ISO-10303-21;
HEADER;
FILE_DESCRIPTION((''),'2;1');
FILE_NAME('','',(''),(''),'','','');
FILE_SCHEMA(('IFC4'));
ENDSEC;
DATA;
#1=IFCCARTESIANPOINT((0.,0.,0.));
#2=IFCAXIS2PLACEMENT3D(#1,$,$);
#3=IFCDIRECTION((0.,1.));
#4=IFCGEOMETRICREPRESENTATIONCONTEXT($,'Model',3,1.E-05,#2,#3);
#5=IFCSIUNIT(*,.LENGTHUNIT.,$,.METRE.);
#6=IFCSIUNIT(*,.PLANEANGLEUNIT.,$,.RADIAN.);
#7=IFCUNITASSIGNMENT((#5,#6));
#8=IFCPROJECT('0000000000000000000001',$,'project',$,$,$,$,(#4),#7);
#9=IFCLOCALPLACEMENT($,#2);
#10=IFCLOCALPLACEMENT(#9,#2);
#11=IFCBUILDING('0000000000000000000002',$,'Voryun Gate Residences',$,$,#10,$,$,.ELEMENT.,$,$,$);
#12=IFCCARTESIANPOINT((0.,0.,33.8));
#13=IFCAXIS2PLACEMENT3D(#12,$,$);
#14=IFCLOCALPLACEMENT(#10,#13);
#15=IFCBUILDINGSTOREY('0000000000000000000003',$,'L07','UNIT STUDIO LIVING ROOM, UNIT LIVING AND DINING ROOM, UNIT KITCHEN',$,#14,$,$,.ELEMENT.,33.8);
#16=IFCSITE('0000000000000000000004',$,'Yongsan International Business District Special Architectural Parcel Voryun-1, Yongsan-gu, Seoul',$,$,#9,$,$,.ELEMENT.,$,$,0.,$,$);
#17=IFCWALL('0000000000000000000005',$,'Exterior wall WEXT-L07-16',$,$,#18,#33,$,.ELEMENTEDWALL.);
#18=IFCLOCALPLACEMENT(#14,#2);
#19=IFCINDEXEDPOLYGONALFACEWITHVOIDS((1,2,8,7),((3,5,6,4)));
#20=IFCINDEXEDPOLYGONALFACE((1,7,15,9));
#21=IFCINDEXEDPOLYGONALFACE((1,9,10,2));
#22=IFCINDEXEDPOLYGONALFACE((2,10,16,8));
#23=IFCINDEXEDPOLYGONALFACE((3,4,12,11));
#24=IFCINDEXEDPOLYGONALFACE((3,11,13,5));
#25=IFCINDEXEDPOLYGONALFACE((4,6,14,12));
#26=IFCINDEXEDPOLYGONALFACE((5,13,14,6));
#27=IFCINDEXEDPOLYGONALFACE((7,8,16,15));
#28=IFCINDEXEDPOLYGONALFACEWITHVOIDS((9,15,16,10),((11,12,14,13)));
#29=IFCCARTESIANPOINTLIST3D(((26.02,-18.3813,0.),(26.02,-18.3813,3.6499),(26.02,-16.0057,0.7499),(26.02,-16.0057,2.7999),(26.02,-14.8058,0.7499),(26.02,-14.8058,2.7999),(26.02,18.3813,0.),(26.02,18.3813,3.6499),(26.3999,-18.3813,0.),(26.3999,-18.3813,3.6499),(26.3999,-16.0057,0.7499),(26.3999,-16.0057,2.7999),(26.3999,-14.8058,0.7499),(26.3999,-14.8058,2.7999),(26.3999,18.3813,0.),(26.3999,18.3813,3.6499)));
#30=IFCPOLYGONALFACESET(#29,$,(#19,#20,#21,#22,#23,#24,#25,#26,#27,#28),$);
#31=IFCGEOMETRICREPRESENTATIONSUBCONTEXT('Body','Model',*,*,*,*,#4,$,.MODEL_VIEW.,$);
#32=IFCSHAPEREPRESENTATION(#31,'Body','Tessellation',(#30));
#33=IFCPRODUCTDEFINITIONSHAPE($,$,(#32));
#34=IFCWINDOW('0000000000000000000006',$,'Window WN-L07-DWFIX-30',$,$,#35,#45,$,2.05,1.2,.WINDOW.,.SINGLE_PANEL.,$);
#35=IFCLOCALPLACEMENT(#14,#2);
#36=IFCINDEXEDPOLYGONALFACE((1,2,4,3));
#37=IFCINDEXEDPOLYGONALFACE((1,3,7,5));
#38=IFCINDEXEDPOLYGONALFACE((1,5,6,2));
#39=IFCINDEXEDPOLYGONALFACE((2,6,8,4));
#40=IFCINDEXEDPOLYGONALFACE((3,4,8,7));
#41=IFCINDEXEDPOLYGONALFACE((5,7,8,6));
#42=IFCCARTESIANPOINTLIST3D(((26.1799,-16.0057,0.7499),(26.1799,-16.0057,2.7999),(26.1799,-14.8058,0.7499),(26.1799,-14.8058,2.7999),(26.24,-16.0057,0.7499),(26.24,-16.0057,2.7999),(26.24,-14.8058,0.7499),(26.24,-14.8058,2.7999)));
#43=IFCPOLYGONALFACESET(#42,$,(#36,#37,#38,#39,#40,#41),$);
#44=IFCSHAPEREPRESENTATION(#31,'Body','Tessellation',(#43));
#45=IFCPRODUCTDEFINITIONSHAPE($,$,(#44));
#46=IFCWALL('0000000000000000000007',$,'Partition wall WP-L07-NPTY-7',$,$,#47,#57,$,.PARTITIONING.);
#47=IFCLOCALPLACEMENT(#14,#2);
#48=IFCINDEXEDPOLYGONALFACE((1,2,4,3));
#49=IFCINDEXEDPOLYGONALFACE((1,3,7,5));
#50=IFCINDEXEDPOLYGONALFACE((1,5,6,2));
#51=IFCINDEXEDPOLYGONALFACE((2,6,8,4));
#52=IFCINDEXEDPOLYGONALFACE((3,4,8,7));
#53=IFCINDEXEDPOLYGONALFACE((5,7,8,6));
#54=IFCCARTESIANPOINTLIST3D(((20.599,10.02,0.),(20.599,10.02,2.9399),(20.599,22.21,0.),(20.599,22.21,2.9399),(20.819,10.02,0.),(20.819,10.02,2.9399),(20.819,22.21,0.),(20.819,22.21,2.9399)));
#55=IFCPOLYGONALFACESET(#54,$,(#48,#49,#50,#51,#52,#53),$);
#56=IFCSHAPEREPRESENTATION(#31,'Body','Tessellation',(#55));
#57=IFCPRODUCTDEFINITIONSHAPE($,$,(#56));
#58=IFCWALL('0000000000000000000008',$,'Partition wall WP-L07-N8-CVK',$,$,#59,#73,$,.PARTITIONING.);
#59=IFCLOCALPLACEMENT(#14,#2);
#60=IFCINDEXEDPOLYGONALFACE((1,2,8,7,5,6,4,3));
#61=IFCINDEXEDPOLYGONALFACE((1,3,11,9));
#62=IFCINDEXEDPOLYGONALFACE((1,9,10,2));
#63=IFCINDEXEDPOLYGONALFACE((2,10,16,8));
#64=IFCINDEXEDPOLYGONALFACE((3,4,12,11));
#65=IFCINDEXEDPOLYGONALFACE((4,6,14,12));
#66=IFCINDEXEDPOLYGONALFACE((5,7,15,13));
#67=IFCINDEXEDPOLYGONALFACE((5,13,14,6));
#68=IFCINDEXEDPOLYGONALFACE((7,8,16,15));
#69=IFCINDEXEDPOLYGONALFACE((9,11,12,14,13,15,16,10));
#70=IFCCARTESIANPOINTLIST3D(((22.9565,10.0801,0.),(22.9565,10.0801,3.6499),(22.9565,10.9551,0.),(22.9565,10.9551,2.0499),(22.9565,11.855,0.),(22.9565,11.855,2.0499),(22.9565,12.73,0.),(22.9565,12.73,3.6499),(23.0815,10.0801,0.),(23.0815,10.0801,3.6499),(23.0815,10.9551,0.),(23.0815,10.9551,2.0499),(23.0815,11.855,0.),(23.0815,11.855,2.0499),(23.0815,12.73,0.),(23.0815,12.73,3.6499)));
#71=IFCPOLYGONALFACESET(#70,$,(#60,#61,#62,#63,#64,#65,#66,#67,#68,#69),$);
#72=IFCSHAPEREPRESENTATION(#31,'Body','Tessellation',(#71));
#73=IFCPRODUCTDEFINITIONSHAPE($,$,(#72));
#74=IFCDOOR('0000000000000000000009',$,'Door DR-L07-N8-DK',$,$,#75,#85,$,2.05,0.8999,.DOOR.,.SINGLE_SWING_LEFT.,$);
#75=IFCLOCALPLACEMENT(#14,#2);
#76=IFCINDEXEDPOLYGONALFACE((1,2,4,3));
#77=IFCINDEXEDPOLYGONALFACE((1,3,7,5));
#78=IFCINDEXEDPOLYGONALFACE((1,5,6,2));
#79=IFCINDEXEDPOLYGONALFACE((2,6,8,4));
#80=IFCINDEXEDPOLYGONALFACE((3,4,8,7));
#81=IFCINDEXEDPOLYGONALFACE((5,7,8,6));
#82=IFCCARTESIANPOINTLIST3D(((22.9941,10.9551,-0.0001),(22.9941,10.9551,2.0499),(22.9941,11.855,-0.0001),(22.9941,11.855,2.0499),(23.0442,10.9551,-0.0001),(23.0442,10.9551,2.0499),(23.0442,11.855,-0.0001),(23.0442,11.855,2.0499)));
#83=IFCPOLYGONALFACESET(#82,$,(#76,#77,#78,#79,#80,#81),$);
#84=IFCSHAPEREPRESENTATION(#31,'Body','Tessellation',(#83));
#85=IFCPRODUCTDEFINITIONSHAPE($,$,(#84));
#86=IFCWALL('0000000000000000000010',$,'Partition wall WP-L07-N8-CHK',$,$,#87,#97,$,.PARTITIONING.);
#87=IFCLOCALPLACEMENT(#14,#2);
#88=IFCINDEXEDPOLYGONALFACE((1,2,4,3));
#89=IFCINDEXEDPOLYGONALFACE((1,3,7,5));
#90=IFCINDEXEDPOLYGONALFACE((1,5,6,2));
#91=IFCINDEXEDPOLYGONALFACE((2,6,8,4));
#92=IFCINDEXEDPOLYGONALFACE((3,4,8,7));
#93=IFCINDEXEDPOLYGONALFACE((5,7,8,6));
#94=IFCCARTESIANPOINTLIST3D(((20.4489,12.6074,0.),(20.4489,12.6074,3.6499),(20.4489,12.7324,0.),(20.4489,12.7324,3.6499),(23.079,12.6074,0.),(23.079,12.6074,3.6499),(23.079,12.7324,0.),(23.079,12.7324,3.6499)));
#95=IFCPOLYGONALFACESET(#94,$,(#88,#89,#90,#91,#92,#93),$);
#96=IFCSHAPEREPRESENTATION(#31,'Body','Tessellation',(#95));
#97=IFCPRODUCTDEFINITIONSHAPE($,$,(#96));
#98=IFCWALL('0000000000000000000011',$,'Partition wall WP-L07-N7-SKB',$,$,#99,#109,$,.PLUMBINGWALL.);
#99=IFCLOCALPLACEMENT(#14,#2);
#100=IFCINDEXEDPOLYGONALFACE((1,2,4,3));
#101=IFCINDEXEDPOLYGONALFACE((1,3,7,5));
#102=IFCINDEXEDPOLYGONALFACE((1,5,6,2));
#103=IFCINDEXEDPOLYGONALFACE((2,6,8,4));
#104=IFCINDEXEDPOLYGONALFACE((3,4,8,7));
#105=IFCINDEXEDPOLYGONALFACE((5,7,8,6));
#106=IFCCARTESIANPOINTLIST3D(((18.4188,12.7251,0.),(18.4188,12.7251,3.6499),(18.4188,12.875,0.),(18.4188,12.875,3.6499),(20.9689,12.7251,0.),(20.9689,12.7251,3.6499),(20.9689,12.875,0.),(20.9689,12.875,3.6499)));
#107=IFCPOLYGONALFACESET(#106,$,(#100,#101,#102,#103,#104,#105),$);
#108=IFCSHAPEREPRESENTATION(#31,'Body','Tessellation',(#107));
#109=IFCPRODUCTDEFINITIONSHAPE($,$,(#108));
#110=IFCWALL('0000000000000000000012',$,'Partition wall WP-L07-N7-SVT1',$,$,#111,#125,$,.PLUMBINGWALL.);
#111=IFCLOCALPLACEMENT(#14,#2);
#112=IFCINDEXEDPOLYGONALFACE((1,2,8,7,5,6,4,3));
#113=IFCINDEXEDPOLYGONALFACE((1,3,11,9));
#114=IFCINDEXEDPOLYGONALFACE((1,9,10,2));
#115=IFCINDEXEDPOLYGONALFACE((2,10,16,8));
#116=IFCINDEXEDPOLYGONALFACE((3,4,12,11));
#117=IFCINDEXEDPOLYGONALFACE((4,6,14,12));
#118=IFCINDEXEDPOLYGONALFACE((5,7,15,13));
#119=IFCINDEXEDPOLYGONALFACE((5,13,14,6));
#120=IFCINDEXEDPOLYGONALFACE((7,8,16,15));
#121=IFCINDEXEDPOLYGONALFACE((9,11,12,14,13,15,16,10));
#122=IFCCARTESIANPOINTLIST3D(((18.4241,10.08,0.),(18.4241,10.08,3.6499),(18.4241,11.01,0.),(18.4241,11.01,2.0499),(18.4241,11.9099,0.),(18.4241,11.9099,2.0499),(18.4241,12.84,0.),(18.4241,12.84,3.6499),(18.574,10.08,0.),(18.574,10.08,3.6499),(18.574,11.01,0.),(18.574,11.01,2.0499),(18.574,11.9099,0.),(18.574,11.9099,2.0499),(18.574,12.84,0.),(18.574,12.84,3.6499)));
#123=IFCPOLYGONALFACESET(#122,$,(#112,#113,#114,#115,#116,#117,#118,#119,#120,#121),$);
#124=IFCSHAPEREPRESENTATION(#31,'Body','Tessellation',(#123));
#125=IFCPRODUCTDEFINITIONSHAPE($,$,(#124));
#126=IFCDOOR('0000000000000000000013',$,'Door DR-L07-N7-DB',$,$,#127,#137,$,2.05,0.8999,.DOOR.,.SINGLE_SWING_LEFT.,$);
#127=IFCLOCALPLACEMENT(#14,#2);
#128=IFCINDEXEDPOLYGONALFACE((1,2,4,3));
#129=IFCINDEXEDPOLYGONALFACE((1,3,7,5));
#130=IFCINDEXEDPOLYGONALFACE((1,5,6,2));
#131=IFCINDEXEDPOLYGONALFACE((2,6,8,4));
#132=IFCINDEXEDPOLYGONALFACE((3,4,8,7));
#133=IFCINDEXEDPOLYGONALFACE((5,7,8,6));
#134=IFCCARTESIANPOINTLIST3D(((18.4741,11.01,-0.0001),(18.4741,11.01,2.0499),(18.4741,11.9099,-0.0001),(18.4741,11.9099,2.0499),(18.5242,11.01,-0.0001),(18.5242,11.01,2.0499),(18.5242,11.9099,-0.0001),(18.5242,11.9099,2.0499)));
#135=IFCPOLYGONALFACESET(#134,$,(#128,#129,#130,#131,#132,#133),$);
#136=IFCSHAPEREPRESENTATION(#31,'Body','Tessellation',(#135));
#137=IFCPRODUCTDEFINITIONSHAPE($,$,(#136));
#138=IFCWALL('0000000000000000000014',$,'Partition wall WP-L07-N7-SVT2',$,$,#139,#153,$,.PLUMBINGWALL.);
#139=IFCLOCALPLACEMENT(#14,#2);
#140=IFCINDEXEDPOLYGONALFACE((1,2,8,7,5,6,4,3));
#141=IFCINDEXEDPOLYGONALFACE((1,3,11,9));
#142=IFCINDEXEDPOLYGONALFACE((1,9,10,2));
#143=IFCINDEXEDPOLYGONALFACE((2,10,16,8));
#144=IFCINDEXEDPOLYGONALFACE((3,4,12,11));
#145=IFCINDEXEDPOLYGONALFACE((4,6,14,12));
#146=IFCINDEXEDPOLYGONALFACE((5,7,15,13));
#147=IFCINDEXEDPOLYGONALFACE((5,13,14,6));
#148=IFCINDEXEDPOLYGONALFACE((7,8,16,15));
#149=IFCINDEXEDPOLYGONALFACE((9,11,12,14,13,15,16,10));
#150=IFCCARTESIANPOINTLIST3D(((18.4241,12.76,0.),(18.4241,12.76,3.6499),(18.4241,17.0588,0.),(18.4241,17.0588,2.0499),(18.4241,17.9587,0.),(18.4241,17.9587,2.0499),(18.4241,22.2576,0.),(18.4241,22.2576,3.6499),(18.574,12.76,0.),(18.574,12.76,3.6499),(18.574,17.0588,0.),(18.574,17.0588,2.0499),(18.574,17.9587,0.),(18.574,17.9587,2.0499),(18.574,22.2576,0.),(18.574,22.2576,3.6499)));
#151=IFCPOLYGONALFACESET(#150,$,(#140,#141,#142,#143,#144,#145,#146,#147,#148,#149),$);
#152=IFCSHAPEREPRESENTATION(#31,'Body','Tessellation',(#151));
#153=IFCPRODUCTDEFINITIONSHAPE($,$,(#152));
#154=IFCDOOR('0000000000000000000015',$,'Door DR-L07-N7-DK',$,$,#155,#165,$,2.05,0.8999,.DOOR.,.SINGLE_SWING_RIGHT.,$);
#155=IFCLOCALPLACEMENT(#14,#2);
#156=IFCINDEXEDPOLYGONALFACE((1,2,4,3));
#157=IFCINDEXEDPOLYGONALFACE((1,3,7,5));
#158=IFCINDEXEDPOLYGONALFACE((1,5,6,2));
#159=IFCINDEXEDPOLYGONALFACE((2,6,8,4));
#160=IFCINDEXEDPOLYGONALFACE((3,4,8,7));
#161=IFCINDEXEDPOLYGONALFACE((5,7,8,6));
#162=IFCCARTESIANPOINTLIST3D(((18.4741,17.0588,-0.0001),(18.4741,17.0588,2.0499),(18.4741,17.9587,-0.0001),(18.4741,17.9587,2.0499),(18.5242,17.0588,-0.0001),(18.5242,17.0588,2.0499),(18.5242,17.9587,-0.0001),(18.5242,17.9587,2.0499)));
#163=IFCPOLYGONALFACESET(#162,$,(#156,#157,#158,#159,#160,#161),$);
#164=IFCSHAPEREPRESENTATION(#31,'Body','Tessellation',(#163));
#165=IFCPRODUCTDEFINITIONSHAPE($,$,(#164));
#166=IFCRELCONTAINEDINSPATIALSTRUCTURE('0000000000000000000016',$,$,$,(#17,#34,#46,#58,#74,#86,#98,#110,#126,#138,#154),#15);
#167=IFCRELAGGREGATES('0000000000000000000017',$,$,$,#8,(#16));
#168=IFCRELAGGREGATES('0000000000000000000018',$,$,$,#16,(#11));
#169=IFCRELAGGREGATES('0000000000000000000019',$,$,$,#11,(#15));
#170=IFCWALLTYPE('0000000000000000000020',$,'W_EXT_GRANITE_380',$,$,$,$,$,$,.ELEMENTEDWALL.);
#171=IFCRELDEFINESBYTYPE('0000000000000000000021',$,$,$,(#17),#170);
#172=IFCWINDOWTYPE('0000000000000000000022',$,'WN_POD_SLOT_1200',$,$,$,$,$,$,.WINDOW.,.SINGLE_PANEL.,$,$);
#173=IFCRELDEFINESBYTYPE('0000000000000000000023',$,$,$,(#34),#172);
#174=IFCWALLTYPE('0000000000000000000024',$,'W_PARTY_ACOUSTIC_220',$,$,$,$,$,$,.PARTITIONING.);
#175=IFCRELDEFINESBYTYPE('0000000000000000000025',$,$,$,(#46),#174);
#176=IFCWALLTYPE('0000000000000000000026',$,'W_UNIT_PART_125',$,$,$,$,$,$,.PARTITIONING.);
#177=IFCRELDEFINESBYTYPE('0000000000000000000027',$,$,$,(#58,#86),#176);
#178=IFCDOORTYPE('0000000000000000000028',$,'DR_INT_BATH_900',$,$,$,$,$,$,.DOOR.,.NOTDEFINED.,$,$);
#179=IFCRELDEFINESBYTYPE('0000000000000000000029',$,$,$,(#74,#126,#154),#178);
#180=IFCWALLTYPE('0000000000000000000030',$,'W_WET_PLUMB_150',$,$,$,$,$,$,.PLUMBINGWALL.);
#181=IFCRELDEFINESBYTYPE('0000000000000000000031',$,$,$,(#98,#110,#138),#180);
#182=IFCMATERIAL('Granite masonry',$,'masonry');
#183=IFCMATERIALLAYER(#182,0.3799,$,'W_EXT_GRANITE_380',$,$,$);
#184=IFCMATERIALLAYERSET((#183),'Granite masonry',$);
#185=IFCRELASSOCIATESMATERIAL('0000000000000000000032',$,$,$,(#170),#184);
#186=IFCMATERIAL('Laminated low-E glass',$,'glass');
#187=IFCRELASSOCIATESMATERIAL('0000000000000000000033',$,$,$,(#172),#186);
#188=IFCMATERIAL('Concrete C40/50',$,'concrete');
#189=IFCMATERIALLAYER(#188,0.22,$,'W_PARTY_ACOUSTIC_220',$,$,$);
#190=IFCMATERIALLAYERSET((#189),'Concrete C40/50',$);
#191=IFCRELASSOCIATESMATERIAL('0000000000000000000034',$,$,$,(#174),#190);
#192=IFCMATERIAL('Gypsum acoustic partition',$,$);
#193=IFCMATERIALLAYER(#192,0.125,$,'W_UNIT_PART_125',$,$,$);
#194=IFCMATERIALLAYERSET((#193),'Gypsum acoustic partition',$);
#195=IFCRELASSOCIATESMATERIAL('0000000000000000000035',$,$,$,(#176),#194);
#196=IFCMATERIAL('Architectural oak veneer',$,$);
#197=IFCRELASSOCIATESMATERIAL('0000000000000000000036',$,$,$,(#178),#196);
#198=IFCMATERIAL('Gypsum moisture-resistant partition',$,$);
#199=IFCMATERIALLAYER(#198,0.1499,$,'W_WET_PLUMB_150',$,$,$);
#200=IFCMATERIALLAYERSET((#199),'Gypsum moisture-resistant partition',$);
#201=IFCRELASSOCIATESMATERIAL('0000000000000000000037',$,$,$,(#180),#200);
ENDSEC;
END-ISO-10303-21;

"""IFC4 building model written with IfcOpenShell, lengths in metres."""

from ifc_helpers import new_model, si_unit, direction, frame, frame_2d, origin, place, context, subcontext, project, spatial, rectangle, extrude, material, layer, layer_set, type_object, element, fill, save


model = new_model("IFC4")

# Units and contexts
model_context = context("Model", 3, precision=1e-05, world=origin(), true_north=direction((0.0, 1.0)))
body_context = subcontext(model_context, "Body", "Model", "MODEL_VIEW")
ifc_project = project(units=[si_unit("LENGTHUNIT", "METRE"), si_unit("PLANEANGLEUNIT", "RADIAN")], contexts=[model_context])

# Site, building, storey
site_placement = place(None, origin())
site = spatial("IfcSite", under=ifc_project, at=site_placement, Name="Yongsan International Business District Special Architectural Parcel Voryun-1, Yongsan-gu, Seoul", CompositionType="ELEMENT", RefElevation=0.0)
building_placement = place(site_placement, origin())
building = spatial("IfcBuilding", under=site, at=building_placement, Name="Voryun Gate Residences", CompositionType="ELEMENT")
storey_placement = place(building_placement, frame((0.0, 0.0, 33.8)))
storey = spatial("IfcBuildingStorey", under=building, at=storey_placement, Name="L07", Description="UNIT STUDIO LIVING ROOM, UNIT LIVING AND DINING ROOM, UNIT KITCHEN", CompositionType="ELEMENT", Elevation=33.8)

# Shared definitions
ifc_material_1 = material(Name="Granite masonry", Category="masonry")
ifc_layer_1 = layer(ifc_material_1, 0.3799, Name="W_EXT_GRANITE_380")
ifc_layer_set_1 = layer_set([ifc_layer_1], Name="Granite masonry")
wall_type_1 = type_object("IfcWallType", Name="W_EXT_GRANITE_380", PredefinedType="ELEMENTEDWALL", material=ifc_layer_set_1)

# Wall, opening, window
wall_1_placement = place(storey_placement, frame((26.21, 18.3813, 0.0), z_axis=(0.0, 0.0, 1.0), x_axis=(0.0, -1.0, 0.0)))
wall_1 = element("IfcWall", 1, at=wall_1_placement, inside=storey, type_object=wall_type_1, Name="Exterior wall WEXT-L07-16", PredefinedType="ELEMENTEDWALL", context=body_context, shape_type="SweptSolid", body=[
    extrude(rectangle(XDim=36.7627, YDim=0.3799, at=frame_2d((18.3813, 0.0))), origin(), (0.0, 0.0, 1.0), 3.6499),
])
opening_1_placement = place(wall_1_placement, frame((33.187, 0.0, 0.75)))
opening_1 = element("IfcOpeningElement", 2, at=opening_1_placement, cuts=wall_1, PredefinedType="OPENING", context=body_context, shape_type="SweptSolid", body=[
    extrude(rectangle(XDim=1.2, YDim=2.05, at=frame_2d((0.6001, 1.0249))), frame((0.0, 0.2, 0.0), z_axis=(0.0, -1.0, 0.0), x_axis=(1.0, 0.0, 0.0)), (0.0, 0.0, 1.0), 0.3999),
])
ifc_material_2 = material(Name="Laminated low-E glass", Category="glass")
window_type = type_object("IfcWindowType", Name="WN_POD_SLOT_1200", PartitioningType="SINGLE_PANEL", PredefinedType="WINDOW", material=ifc_material_2)
window_placement = place(opening_1_placement, origin())
window = element("IfcWindow", 3, at=window_placement, inside=storey, type_object=window_type, Name="Window WN-L07-DWFIX-30", OverallHeight=2.05, OverallWidth=1.2, PartitioningType="SINGLE_PANEL", PredefinedType="WINDOW", context=body_context, shape_type="SweptSolid", body=[
    extrude(rectangle(XDim=1.2, YDim=2.05, at=frame_2d((0.6001, 1.0249))), frame((0.0, 0.03, 0.0), z_axis=(0.0, -1.0, 0.0), x_axis=(1.0, 0.0, 0.0)), (0.0, 0.0, 1.0), 0.0601),
])
fill(opening_1, window)

# Wall
ifc_material_3 = material(Name="Concrete C40/50", Category="concrete")
ifc_layer_2 = layer(ifc_material_3, 0.22, Name="W_PARTY_ACOUSTIC_220")
ifc_layer_set_2 = layer_set([ifc_layer_2], Name="Concrete C40/50")
wall_type_2 = type_object("IfcWallType", Name="W_PARTY_ACOUSTIC_220", PredefinedType="PARTITIONING", material=ifc_layer_set_2)
wall_2_placement = place(storey_placement, frame((20.709, 10.02, 0.0), z_axis=(0.0, 0.0, 1.0), x_axis=(0.0, 1.0, 0.0)))
element("IfcWall", 4, at=wall_2_placement, inside=storey, type_object=wall_type_2, Name="Partition wall WP-L07-NPTY-7", PredefinedType="PARTITIONING", context=body_context, shape_type="SweptSolid", body=[
    extrude(rectangle(XDim=12.1899, YDim=0.22, at=frame_2d((6.095, 0.0))), origin(), (0.0, 0.0, 1.0), 2.9399),
])

# Wall, opening, door
ifc_material_4 = material(Name="Gypsum acoustic partition")
ifc_layer_3 = layer(ifc_material_4, 0.125, Name="W_UNIT_PART_125")
ifc_layer_set_3 = layer_set([ifc_layer_3], Name="Gypsum acoustic partition")
wall_type_3 = type_object("IfcWallType", Name="W_UNIT_PART_125", PredefinedType="PARTITIONING", material=ifc_layer_set_3)
wall_3_placement = place(storey_placement, frame((23.019, 10.0801, 0.0), z_axis=(0.0, 0.0, 1.0), x_axis=(0.0, 1.0, 0.0)))
wall_3 = element("IfcWall", 5, at=wall_3_placement, inside=storey, type_object=wall_type_3, Name="Partition wall WP-L07-N8-CVK", PredefinedType="PARTITIONING", context=body_context, shape_type="SweptSolid", body=[
    extrude(rectangle(XDim=2.6499, YDim=0.125, at=frame_2d((1.325, 0.0))), origin(), (0.0, 0.0, 1.0), 3.6499),
])
opening_2_placement = place(wall_3_placement, frame((0.875, 0.0, 0.0)))
opening_2 = element("IfcOpeningElement", 6, at=opening_2_placement, cuts=wall_3, PredefinedType="OPENING", context=body_context, shape_type="SweptSolid", body=[
    extrude(rectangle(XDim=0.8999, YDim=2.05, at=frame_2d((0.45, 1.0249))), frame((0.0, 0.0725, 0.0), z_axis=(0.0, -1.0, 0.0), x_axis=(1.0, 0.0, 0.0)), (0.0, 0.0, 1.0), 0.145),
])
ifc_material_5 = material(Name="Architectural oak veneer")
door_type = type_object("IfcDoorType", Name="DR_INT_BATH_900", OperationType="NOTDEFINED", PredefinedType="DOOR", material=ifc_material_5)
door_1_placement = place(opening_2_placement, origin())
door_1 = element("IfcDoor", 7, at=door_1_placement, inside=storey, type_object=door_type, Name="Door DR-L07-N8-DK", OperationType="SINGLE_SWING_LEFT", OverallHeight=2.05, OverallWidth=0.8999, PredefinedType="DOOR", context=body_context, shape_type="SweptSolid", body=[
    extrude(rectangle(XDim=0.8999, YDim=2.05, at=frame_2d((0.45, 1.0249))), frame((0.0, 0.0249, 0.0), z_axis=(0.0, -1.0, 0.0), x_axis=(1.0, 0.0, 0.0)), (0.0, 0.0, 1.0), 0.05),
])
fill(opening_2, door_1)

# Walls
wall_4_placement = place(storey_placement, frame((20.449, 12.6699, 0.0), z_axis=(0.0, 0.0, 1.0), x_axis=(1.0, 0.0, 0.0)))
element("IfcWall", 8, at=wall_4_placement, inside=storey, type_object=wall_type_3, Name="Partition wall WP-L07-N8-CHK", PredefinedType="PARTITIONING", context=body_context, shape_type="SweptSolid", body=[
    extrude(rectangle(XDim=2.6301, YDim=0.125, at=frame_2d((1.3149, 0.0))), origin(), (0.0, 0.0, 1.0), 3.6499),
])
ifc_material_6 = material(Name="Gypsum moisture-resistant partition")
ifc_layer_4 = layer(ifc_material_6, 0.1499, Name="W_WET_PLUMB_150")
ifc_layer_set_4 = layer_set([ifc_layer_4], Name="Gypsum moisture-resistant partition")
wall_type_4 = type_object("IfcWallType", Name="W_WET_PLUMB_150", PredefinedType="PLUMBINGWALL", material=ifc_layer_set_4)
wall_5_placement = place(storey_placement, frame((18.4189, 12.8, 0.0), z_axis=(0.0, 0.0, 1.0), x_axis=(1.0, 0.0, 0.0)))
element("IfcWall", 9, at=wall_5_placement, inside=storey, type_object=wall_type_4, Name="Partition wall WP-L07-N7-SKB", PredefinedType="PLUMBINGWALL", context=body_context, shape_type="SweptSolid", body=[
    extrude(rectangle(XDim=2.55, YDim=0.1499, at=frame_2d((1.2749, 0.0))), origin(), (0.0, 0.0, 1.0), 3.6499),
])

# Walls, openings, doors
wall_6_placement = place(storey_placement, frame((18.499, 10.0801, 0.0), z_axis=(0.0, 0.0, 1.0), x_axis=(0.0, 1.0, 0.0)))
wall_6 = element("IfcWall", 10, at=wall_6_placement, inside=storey, type_object=wall_type_4, Name="Partition wall WP-L07-N7-SVT1", PredefinedType="PLUMBINGWALL", context=body_context, shape_type="SweptSolid", body=[
    extrude(rectangle(XDim=2.76, YDim=0.1499, at=frame_2d((1.3799, 0.0))), origin(), (0.0, 0.0, 1.0), 3.6499),
])
opening_3_placement = place(wall_6_placement, frame((0.9299, 0.0, 0.0)))
opening_3 = element("IfcOpeningElement", 11, at=opening_3_placement, cuts=wall_6, PredefinedType="OPENING", context=body_context, shape_type="SweptSolid", body=[
    extrude(rectangle(XDim=0.8999, YDim=2.05, at=frame_2d((0.45, 1.0249))), frame((0.0, 0.085, 0.0), z_axis=(0.0, -1.0, 0.0), x_axis=(1.0, 0.0, 0.0)), (0.0, 0.0, 1.0), 0.1699),
])
door_2_placement = place(opening_3_placement, origin())
door_2 = element("IfcDoor", 12, at=door_2_placement, inside=storey, type_object=door_type, Name="Door DR-L07-N7-DB", OperationType="SINGLE_SWING_LEFT", OverallHeight=2.05, OverallWidth=0.8999, PredefinedType="DOOR", context=body_context, shape_type="SweptSolid", body=[
    extrude(rectangle(XDim=0.8999, YDim=2.05, at=frame_2d((0.45, 1.0249))), frame((0.0, 0.0249, 0.0), z_axis=(0.0, -1.0, 0.0), x_axis=(1.0, 0.0, 0.0)), (0.0, 0.0, 1.0), 0.05),
])
fill(opening_3, door_2)
wall_7_placement = place(storey_placement, frame((18.499, 12.76, 0.0), z_axis=(0.0, 0.0, 1.0), x_axis=(0.0, 1.0, 0.0)))
wall_7 = element("IfcWall", 13, at=wall_7_placement, inside=storey, type_object=wall_type_4, Name="Partition wall WP-L07-N7-SVT2", PredefinedType="PLUMBINGWALL", context=body_context, shape_type="SweptSolid", body=[
    extrude(rectangle(XDim=9.4976, YDim=0.1499, at=frame_2d((4.7488, 0.0))), origin(), (0.0, 0.0, 1.0), 3.6499),
])
opening_4_placement = place(wall_7_placement, frame((4.2988, 0.0, 0.0)))
opening_4 = element("IfcOpeningElement", 14, at=opening_4_placement, cuts=wall_7, PredefinedType="OPENING", context=body_context, shape_type="SweptSolid", body=[
    extrude(rectangle(XDim=0.8999, YDim=2.05, at=frame_2d((0.45, 1.0249))), frame((0.0, 0.085, 0.0), z_axis=(0.0, -1.0, 0.0), x_axis=(1.0, 0.0, 0.0)), (0.0, 0.0, 1.0), 0.1699),
])
door_3_placement = place(opening_4_placement, origin())
door_3 = element("IfcDoor", 15, at=door_3_placement, inside=storey, type_object=door_type, Name="Door DR-L07-N7-DK", OperationType="SINGLE_SWING_RIGHT", OverallHeight=2.05, OverallWidth=0.8999, PredefinedType="DOOR", context=body_context, shape_type="SweptSolid", body=[
    extrude(rectangle(XDim=0.8999, YDim=2.05, at=frame_2d((0.45, 1.0249))), frame((0.0, 0.0249, 0.0), z_axis=(0.0, -1.0, 0.0), x_axis=(1.0, 0.0, 0.0)), (0.0, 0.0, 1.0), 0.05),
])
fill(opening_4, door_3)

save(model, "model.ifc")
